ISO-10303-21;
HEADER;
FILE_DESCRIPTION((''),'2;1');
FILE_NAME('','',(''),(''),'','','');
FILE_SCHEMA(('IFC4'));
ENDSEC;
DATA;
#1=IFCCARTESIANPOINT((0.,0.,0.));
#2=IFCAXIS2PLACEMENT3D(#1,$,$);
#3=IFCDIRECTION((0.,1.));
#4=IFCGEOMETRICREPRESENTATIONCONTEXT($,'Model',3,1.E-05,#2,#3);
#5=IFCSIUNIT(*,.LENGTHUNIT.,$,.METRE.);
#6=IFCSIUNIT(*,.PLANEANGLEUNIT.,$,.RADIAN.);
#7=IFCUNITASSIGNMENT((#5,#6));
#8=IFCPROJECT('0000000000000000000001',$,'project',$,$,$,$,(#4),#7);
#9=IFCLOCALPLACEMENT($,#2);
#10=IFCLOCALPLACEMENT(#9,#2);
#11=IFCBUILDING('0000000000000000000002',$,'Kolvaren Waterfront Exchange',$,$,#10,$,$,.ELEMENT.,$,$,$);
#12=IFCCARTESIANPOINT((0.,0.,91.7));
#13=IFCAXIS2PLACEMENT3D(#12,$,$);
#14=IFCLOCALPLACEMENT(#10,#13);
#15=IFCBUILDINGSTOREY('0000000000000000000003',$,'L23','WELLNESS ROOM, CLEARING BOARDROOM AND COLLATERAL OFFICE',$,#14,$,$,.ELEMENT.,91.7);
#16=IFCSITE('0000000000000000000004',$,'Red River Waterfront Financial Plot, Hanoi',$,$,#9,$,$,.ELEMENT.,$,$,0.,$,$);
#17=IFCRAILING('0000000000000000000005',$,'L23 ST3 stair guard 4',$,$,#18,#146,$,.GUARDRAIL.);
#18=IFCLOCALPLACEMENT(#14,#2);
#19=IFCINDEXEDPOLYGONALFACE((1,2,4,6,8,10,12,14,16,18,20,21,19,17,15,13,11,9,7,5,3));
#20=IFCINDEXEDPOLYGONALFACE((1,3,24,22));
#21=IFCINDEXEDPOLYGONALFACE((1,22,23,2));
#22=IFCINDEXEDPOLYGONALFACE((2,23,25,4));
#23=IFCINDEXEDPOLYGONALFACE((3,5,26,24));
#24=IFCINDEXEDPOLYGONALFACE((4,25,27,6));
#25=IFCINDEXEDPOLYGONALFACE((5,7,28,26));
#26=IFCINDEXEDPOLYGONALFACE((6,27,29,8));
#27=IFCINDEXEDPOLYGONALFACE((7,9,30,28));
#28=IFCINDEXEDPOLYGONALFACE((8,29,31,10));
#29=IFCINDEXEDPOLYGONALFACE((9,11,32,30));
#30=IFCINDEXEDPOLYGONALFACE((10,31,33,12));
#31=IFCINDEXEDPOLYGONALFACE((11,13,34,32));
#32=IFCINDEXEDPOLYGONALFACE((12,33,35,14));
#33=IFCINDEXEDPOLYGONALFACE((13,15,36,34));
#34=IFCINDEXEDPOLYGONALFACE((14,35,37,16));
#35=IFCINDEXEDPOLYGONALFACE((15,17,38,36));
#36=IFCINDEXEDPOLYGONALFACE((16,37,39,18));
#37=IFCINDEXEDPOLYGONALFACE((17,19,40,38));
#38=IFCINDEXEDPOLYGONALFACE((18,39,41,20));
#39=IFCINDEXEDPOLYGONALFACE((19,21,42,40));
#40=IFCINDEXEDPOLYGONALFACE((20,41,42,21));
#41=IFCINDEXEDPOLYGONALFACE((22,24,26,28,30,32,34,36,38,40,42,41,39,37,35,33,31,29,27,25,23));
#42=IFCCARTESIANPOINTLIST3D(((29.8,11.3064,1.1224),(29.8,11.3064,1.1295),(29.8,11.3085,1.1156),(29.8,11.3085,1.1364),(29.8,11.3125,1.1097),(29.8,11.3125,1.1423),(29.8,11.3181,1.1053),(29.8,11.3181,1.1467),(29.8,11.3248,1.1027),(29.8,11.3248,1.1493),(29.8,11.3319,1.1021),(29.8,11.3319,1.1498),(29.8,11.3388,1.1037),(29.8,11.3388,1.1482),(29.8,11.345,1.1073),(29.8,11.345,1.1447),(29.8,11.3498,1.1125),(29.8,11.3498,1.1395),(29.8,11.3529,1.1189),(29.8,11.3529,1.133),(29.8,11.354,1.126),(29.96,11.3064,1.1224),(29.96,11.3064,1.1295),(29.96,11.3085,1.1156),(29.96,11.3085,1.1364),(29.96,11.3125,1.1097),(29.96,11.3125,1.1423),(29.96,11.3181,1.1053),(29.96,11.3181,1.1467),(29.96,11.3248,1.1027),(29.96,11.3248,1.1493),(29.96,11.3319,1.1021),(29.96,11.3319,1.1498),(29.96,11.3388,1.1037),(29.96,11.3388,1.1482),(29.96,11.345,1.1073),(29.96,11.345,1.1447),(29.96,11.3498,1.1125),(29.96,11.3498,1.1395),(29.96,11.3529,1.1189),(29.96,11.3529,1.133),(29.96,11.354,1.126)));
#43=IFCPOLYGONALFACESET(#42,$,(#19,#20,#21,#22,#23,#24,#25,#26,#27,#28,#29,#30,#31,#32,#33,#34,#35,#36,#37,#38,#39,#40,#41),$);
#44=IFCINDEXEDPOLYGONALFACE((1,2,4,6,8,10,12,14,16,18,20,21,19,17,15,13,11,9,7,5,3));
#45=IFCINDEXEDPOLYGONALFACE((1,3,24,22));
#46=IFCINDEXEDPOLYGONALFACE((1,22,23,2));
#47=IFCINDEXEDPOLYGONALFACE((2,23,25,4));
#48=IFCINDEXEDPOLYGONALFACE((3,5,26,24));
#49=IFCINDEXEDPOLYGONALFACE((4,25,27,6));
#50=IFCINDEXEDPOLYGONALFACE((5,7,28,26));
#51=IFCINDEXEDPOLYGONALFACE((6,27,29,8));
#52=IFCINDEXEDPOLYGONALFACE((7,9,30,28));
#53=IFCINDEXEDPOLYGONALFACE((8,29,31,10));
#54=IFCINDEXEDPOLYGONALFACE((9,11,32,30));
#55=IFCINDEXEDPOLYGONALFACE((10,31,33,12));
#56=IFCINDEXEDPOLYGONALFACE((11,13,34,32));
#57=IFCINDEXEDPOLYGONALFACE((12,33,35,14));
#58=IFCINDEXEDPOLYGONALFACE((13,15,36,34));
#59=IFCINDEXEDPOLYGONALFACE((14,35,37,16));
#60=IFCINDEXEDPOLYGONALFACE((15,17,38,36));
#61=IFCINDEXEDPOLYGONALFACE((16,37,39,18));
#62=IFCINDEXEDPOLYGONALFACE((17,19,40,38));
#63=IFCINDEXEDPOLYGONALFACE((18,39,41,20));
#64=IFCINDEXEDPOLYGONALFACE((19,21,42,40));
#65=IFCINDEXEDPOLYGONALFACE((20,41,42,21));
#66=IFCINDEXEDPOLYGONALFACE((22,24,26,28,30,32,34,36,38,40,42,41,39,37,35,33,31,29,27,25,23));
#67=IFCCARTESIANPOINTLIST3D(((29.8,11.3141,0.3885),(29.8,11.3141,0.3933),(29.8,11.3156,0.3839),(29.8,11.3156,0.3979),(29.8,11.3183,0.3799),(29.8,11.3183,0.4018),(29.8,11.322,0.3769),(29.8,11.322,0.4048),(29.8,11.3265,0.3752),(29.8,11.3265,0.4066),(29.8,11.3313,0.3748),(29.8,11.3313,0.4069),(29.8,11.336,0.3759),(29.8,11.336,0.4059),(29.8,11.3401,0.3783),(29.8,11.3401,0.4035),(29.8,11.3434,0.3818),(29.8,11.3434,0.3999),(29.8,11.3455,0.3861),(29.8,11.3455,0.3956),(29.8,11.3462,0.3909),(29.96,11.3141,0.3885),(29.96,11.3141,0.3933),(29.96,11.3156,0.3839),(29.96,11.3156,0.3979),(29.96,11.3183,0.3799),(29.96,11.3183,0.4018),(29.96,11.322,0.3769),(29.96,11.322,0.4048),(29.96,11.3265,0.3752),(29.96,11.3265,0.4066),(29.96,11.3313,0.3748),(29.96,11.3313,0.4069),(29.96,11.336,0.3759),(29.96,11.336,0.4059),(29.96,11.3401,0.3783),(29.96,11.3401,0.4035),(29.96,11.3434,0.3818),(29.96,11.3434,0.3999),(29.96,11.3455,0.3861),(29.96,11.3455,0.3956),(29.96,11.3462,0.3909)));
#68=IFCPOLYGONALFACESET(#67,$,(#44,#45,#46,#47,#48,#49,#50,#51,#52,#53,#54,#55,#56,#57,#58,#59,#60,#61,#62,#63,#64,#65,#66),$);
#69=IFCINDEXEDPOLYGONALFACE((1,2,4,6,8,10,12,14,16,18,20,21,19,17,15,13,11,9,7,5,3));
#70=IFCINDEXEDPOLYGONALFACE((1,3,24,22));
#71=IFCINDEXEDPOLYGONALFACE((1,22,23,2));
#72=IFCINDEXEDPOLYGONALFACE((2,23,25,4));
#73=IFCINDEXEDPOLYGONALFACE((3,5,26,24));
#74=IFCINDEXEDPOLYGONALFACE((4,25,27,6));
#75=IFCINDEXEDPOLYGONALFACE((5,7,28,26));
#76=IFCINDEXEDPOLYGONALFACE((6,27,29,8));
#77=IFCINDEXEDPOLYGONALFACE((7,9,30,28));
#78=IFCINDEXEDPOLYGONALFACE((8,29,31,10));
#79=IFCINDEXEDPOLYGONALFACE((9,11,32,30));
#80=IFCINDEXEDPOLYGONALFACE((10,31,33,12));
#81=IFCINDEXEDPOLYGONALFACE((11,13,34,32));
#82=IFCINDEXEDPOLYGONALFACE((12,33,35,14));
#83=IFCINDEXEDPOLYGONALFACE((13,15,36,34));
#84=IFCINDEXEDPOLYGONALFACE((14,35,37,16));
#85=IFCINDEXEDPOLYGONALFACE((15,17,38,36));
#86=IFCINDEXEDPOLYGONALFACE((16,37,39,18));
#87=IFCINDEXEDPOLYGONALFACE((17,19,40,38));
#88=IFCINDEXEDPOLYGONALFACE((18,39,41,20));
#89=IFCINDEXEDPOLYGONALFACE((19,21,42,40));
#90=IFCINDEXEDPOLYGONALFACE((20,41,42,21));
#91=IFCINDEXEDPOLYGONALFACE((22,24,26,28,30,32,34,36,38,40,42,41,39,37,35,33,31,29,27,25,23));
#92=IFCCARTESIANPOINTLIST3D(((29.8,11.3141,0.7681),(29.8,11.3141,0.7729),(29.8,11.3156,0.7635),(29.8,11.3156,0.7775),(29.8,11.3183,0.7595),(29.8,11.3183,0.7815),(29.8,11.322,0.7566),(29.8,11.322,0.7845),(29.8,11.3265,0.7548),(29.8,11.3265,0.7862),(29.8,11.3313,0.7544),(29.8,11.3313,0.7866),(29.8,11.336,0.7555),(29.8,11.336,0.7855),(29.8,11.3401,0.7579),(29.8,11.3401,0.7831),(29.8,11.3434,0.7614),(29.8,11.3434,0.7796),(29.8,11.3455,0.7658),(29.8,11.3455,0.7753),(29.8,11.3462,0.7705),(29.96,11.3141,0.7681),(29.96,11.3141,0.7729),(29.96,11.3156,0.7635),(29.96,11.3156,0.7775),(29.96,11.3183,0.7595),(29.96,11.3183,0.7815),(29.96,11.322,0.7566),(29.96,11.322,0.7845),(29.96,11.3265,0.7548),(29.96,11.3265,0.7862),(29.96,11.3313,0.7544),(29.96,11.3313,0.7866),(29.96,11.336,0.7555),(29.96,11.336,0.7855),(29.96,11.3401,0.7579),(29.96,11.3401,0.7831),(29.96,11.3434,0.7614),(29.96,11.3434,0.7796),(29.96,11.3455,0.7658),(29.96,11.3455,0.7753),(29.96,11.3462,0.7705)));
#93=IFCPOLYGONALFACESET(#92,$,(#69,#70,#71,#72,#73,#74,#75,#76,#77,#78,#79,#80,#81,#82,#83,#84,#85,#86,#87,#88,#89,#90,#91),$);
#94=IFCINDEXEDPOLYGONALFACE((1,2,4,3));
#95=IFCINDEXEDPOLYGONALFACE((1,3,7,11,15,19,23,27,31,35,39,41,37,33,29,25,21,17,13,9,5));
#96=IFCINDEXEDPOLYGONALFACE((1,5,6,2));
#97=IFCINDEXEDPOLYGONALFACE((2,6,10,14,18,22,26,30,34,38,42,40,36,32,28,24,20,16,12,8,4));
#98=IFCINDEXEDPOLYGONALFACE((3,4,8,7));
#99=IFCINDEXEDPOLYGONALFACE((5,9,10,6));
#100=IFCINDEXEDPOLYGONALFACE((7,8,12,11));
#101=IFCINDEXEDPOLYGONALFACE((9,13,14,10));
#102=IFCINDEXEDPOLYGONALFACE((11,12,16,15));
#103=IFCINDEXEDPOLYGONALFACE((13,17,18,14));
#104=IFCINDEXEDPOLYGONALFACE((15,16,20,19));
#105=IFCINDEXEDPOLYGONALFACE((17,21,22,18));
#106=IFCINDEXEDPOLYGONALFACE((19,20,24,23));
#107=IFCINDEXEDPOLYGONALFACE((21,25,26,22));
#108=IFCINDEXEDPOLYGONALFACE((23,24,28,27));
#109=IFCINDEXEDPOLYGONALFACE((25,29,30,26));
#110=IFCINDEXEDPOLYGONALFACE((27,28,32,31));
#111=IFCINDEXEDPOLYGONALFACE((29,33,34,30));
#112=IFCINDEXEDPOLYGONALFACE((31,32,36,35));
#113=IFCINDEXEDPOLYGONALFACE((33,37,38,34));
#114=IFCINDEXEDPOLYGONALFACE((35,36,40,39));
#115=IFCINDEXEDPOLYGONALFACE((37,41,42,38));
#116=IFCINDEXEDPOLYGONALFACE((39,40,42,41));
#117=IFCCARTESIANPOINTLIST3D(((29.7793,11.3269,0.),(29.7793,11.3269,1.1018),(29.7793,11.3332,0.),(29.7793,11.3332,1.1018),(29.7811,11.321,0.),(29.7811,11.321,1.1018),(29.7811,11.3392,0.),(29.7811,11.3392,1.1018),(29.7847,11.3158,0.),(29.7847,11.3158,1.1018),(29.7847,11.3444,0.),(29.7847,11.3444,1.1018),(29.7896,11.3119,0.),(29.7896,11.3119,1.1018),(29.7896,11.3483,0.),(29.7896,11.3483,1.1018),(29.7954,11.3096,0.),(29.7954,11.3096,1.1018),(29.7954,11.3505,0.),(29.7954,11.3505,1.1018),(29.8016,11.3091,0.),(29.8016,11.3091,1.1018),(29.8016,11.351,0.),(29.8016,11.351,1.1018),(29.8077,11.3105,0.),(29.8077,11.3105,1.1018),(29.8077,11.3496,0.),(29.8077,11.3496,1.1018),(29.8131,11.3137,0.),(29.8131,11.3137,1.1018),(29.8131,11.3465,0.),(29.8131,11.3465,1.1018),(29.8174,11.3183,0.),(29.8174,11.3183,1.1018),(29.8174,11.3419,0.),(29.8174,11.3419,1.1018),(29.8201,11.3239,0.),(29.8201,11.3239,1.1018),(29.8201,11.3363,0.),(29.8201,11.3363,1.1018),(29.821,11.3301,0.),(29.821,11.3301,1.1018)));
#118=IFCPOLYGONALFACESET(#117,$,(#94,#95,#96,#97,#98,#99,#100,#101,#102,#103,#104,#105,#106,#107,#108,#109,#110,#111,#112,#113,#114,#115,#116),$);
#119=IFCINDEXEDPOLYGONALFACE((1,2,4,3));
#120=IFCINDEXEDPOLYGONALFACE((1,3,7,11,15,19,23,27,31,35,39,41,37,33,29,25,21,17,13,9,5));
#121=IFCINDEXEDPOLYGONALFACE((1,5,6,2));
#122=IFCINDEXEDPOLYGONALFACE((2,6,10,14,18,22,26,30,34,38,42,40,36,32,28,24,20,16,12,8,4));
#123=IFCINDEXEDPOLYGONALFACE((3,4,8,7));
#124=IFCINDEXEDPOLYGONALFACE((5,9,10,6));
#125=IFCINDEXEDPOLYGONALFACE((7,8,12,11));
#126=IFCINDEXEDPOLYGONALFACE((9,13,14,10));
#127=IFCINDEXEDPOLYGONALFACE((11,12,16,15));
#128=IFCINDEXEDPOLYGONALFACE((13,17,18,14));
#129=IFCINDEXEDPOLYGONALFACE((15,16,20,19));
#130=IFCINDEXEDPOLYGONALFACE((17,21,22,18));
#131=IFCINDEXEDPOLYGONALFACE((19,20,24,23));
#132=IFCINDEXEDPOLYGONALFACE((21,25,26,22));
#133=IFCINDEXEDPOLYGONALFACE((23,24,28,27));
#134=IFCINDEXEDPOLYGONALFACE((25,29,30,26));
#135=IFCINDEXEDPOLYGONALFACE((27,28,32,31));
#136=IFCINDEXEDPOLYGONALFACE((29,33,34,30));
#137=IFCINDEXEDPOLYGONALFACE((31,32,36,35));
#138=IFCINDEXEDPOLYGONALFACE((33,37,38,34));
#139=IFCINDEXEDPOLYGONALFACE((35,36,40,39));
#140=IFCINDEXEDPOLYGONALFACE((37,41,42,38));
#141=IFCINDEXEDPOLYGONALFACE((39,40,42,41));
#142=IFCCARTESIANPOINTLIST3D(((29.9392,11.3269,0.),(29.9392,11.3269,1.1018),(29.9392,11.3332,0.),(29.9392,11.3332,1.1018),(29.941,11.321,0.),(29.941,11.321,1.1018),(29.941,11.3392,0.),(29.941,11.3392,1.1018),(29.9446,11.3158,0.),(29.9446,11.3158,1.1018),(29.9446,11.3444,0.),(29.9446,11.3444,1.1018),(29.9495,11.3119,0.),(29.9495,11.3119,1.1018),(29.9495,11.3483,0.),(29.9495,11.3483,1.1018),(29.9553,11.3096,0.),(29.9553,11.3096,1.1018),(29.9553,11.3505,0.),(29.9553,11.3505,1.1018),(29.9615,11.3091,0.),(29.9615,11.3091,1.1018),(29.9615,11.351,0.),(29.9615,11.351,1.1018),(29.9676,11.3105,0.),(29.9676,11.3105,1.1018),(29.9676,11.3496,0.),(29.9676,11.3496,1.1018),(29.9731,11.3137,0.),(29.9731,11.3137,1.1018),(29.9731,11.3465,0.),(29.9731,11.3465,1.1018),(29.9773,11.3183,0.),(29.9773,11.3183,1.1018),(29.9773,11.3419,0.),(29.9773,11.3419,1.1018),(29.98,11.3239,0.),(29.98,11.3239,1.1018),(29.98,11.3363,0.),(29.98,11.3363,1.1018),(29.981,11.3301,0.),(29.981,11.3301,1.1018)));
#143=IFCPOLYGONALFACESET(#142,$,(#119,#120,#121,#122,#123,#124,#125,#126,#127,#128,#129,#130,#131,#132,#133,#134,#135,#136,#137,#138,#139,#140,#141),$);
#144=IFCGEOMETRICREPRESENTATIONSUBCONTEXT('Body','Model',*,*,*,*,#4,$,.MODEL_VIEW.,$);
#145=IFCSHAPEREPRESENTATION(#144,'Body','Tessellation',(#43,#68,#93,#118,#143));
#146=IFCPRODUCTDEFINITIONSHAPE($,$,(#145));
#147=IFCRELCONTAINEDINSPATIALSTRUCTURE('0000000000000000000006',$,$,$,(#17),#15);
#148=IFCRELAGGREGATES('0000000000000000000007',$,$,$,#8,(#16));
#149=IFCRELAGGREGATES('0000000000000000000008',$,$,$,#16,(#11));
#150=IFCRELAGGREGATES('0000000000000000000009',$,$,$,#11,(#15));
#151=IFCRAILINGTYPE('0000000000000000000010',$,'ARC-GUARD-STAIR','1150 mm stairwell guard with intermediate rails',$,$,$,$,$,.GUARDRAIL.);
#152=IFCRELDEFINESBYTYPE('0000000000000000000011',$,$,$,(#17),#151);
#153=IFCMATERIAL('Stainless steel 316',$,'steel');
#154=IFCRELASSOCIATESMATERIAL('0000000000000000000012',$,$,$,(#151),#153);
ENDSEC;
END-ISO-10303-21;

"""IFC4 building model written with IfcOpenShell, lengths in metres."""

from ifc_helpers import new_model, si_unit, direction, frame, origin, origin_2d, place, context, subcontext, project, spatial, circle, extrude, material, type_object, element, save


model = new_model("IFC4")

# Units and contexts
model_context = context("Model", 3, precision=1e-05, world=origin(), true_north=direction((0.0, 1.0)))
body_context = subcontext(model_context, "Body", "Model", "MODEL_VIEW")
ifc_project = project(units=[si_unit("LENGTHUNIT", "METRE"), si_unit("PLANEANGLEUNIT", "RADIAN")], contexts=[model_context])

# Site, building, storey
site_placement = place(None, origin())
site = spatial("IfcSite", under=ifc_project, at=site_placement, Name="Red River Waterfront Financial Plot, Hanoi", CompositionType="ELEMENT", RefElevation=0.0)
building_placement = place(site_placement, origin())
building = spatial("IfcBuilding", under=site, at=building_placement, Name="Kolvaren Waterfront Exchange", CompositionType="ELEMENT")
storey_placement = place(building_placement, frame((0.0, 0.0, 91.7)))
storey = spatial("IfcBuildingStorey", under=building, at=storey_placement, Name="L23", Description="WELLNESS ROOM, CLEARING BOARDROOM AND COLLATERAL OFFICE", CompositionType="ELEMENT", Elevation=91.7)

# Railing
ifc_material_1 = material(Name="Stainless steel 316", Category="steel")
railing_type_1 = type_object("IfcRailingType", Name="ARC-GUARD-STAIR", Description="1150 mm stairwell guard with intermediate rails", PredefinedType="GUARDRAIL", material=ifc_material_1)
railing_1_placement = place(storey_placement, frame((29.8, 11.3301, 0.0)))
element("IfcRailing", 1, at=railing_1_placement, inside=storey, type_object=railing_type_1, Name="L23 ST3 stair guard 4", PredefinedType="GUARDRAIL", context=body_context, shape_type="SweptSolid", body=[
    extrude(circle(Radius=0.0239, at=origin_2d()), frame((0.0, 0.0, 1.126), z_axis=(1.0, 0.0, 0.0), x_axis=(0.0, 1.0, 0.0)), (0.0, 0.0, 1.0), 0.1599),
    extrude(circle(Radius=0.0161, at=origin_2d()), frame((0.0, 0.0, 0.3909), z_axis=(1.0, 0.0, 0.0), x_axis=(0.0, 1.0, 0.0)), (0.0, 0.0, 1.0), 0.1599),
    extrude(circle(Radius=0.0161, at=origin_2d()), frame((0.0, 0.0, 0.7705), z_axis=(1.0, 0.0, 0.0), x_axis=(0.0, 1.0, 0.0)), (0.0, 0.0, 1.0), 0.1599),
    extrude(circle(Radius=0.021, at=origin_2d()), origin(), (0.0, 0.0, 1.0), 1.1018),
    extrude(circle(Radius=0.021, at=origin_2d()), frame((0.1599, 0.0, 0.0)), (0.0, 0.0, 1.0), 1.1018),
])

save(model, "model.ifc")
